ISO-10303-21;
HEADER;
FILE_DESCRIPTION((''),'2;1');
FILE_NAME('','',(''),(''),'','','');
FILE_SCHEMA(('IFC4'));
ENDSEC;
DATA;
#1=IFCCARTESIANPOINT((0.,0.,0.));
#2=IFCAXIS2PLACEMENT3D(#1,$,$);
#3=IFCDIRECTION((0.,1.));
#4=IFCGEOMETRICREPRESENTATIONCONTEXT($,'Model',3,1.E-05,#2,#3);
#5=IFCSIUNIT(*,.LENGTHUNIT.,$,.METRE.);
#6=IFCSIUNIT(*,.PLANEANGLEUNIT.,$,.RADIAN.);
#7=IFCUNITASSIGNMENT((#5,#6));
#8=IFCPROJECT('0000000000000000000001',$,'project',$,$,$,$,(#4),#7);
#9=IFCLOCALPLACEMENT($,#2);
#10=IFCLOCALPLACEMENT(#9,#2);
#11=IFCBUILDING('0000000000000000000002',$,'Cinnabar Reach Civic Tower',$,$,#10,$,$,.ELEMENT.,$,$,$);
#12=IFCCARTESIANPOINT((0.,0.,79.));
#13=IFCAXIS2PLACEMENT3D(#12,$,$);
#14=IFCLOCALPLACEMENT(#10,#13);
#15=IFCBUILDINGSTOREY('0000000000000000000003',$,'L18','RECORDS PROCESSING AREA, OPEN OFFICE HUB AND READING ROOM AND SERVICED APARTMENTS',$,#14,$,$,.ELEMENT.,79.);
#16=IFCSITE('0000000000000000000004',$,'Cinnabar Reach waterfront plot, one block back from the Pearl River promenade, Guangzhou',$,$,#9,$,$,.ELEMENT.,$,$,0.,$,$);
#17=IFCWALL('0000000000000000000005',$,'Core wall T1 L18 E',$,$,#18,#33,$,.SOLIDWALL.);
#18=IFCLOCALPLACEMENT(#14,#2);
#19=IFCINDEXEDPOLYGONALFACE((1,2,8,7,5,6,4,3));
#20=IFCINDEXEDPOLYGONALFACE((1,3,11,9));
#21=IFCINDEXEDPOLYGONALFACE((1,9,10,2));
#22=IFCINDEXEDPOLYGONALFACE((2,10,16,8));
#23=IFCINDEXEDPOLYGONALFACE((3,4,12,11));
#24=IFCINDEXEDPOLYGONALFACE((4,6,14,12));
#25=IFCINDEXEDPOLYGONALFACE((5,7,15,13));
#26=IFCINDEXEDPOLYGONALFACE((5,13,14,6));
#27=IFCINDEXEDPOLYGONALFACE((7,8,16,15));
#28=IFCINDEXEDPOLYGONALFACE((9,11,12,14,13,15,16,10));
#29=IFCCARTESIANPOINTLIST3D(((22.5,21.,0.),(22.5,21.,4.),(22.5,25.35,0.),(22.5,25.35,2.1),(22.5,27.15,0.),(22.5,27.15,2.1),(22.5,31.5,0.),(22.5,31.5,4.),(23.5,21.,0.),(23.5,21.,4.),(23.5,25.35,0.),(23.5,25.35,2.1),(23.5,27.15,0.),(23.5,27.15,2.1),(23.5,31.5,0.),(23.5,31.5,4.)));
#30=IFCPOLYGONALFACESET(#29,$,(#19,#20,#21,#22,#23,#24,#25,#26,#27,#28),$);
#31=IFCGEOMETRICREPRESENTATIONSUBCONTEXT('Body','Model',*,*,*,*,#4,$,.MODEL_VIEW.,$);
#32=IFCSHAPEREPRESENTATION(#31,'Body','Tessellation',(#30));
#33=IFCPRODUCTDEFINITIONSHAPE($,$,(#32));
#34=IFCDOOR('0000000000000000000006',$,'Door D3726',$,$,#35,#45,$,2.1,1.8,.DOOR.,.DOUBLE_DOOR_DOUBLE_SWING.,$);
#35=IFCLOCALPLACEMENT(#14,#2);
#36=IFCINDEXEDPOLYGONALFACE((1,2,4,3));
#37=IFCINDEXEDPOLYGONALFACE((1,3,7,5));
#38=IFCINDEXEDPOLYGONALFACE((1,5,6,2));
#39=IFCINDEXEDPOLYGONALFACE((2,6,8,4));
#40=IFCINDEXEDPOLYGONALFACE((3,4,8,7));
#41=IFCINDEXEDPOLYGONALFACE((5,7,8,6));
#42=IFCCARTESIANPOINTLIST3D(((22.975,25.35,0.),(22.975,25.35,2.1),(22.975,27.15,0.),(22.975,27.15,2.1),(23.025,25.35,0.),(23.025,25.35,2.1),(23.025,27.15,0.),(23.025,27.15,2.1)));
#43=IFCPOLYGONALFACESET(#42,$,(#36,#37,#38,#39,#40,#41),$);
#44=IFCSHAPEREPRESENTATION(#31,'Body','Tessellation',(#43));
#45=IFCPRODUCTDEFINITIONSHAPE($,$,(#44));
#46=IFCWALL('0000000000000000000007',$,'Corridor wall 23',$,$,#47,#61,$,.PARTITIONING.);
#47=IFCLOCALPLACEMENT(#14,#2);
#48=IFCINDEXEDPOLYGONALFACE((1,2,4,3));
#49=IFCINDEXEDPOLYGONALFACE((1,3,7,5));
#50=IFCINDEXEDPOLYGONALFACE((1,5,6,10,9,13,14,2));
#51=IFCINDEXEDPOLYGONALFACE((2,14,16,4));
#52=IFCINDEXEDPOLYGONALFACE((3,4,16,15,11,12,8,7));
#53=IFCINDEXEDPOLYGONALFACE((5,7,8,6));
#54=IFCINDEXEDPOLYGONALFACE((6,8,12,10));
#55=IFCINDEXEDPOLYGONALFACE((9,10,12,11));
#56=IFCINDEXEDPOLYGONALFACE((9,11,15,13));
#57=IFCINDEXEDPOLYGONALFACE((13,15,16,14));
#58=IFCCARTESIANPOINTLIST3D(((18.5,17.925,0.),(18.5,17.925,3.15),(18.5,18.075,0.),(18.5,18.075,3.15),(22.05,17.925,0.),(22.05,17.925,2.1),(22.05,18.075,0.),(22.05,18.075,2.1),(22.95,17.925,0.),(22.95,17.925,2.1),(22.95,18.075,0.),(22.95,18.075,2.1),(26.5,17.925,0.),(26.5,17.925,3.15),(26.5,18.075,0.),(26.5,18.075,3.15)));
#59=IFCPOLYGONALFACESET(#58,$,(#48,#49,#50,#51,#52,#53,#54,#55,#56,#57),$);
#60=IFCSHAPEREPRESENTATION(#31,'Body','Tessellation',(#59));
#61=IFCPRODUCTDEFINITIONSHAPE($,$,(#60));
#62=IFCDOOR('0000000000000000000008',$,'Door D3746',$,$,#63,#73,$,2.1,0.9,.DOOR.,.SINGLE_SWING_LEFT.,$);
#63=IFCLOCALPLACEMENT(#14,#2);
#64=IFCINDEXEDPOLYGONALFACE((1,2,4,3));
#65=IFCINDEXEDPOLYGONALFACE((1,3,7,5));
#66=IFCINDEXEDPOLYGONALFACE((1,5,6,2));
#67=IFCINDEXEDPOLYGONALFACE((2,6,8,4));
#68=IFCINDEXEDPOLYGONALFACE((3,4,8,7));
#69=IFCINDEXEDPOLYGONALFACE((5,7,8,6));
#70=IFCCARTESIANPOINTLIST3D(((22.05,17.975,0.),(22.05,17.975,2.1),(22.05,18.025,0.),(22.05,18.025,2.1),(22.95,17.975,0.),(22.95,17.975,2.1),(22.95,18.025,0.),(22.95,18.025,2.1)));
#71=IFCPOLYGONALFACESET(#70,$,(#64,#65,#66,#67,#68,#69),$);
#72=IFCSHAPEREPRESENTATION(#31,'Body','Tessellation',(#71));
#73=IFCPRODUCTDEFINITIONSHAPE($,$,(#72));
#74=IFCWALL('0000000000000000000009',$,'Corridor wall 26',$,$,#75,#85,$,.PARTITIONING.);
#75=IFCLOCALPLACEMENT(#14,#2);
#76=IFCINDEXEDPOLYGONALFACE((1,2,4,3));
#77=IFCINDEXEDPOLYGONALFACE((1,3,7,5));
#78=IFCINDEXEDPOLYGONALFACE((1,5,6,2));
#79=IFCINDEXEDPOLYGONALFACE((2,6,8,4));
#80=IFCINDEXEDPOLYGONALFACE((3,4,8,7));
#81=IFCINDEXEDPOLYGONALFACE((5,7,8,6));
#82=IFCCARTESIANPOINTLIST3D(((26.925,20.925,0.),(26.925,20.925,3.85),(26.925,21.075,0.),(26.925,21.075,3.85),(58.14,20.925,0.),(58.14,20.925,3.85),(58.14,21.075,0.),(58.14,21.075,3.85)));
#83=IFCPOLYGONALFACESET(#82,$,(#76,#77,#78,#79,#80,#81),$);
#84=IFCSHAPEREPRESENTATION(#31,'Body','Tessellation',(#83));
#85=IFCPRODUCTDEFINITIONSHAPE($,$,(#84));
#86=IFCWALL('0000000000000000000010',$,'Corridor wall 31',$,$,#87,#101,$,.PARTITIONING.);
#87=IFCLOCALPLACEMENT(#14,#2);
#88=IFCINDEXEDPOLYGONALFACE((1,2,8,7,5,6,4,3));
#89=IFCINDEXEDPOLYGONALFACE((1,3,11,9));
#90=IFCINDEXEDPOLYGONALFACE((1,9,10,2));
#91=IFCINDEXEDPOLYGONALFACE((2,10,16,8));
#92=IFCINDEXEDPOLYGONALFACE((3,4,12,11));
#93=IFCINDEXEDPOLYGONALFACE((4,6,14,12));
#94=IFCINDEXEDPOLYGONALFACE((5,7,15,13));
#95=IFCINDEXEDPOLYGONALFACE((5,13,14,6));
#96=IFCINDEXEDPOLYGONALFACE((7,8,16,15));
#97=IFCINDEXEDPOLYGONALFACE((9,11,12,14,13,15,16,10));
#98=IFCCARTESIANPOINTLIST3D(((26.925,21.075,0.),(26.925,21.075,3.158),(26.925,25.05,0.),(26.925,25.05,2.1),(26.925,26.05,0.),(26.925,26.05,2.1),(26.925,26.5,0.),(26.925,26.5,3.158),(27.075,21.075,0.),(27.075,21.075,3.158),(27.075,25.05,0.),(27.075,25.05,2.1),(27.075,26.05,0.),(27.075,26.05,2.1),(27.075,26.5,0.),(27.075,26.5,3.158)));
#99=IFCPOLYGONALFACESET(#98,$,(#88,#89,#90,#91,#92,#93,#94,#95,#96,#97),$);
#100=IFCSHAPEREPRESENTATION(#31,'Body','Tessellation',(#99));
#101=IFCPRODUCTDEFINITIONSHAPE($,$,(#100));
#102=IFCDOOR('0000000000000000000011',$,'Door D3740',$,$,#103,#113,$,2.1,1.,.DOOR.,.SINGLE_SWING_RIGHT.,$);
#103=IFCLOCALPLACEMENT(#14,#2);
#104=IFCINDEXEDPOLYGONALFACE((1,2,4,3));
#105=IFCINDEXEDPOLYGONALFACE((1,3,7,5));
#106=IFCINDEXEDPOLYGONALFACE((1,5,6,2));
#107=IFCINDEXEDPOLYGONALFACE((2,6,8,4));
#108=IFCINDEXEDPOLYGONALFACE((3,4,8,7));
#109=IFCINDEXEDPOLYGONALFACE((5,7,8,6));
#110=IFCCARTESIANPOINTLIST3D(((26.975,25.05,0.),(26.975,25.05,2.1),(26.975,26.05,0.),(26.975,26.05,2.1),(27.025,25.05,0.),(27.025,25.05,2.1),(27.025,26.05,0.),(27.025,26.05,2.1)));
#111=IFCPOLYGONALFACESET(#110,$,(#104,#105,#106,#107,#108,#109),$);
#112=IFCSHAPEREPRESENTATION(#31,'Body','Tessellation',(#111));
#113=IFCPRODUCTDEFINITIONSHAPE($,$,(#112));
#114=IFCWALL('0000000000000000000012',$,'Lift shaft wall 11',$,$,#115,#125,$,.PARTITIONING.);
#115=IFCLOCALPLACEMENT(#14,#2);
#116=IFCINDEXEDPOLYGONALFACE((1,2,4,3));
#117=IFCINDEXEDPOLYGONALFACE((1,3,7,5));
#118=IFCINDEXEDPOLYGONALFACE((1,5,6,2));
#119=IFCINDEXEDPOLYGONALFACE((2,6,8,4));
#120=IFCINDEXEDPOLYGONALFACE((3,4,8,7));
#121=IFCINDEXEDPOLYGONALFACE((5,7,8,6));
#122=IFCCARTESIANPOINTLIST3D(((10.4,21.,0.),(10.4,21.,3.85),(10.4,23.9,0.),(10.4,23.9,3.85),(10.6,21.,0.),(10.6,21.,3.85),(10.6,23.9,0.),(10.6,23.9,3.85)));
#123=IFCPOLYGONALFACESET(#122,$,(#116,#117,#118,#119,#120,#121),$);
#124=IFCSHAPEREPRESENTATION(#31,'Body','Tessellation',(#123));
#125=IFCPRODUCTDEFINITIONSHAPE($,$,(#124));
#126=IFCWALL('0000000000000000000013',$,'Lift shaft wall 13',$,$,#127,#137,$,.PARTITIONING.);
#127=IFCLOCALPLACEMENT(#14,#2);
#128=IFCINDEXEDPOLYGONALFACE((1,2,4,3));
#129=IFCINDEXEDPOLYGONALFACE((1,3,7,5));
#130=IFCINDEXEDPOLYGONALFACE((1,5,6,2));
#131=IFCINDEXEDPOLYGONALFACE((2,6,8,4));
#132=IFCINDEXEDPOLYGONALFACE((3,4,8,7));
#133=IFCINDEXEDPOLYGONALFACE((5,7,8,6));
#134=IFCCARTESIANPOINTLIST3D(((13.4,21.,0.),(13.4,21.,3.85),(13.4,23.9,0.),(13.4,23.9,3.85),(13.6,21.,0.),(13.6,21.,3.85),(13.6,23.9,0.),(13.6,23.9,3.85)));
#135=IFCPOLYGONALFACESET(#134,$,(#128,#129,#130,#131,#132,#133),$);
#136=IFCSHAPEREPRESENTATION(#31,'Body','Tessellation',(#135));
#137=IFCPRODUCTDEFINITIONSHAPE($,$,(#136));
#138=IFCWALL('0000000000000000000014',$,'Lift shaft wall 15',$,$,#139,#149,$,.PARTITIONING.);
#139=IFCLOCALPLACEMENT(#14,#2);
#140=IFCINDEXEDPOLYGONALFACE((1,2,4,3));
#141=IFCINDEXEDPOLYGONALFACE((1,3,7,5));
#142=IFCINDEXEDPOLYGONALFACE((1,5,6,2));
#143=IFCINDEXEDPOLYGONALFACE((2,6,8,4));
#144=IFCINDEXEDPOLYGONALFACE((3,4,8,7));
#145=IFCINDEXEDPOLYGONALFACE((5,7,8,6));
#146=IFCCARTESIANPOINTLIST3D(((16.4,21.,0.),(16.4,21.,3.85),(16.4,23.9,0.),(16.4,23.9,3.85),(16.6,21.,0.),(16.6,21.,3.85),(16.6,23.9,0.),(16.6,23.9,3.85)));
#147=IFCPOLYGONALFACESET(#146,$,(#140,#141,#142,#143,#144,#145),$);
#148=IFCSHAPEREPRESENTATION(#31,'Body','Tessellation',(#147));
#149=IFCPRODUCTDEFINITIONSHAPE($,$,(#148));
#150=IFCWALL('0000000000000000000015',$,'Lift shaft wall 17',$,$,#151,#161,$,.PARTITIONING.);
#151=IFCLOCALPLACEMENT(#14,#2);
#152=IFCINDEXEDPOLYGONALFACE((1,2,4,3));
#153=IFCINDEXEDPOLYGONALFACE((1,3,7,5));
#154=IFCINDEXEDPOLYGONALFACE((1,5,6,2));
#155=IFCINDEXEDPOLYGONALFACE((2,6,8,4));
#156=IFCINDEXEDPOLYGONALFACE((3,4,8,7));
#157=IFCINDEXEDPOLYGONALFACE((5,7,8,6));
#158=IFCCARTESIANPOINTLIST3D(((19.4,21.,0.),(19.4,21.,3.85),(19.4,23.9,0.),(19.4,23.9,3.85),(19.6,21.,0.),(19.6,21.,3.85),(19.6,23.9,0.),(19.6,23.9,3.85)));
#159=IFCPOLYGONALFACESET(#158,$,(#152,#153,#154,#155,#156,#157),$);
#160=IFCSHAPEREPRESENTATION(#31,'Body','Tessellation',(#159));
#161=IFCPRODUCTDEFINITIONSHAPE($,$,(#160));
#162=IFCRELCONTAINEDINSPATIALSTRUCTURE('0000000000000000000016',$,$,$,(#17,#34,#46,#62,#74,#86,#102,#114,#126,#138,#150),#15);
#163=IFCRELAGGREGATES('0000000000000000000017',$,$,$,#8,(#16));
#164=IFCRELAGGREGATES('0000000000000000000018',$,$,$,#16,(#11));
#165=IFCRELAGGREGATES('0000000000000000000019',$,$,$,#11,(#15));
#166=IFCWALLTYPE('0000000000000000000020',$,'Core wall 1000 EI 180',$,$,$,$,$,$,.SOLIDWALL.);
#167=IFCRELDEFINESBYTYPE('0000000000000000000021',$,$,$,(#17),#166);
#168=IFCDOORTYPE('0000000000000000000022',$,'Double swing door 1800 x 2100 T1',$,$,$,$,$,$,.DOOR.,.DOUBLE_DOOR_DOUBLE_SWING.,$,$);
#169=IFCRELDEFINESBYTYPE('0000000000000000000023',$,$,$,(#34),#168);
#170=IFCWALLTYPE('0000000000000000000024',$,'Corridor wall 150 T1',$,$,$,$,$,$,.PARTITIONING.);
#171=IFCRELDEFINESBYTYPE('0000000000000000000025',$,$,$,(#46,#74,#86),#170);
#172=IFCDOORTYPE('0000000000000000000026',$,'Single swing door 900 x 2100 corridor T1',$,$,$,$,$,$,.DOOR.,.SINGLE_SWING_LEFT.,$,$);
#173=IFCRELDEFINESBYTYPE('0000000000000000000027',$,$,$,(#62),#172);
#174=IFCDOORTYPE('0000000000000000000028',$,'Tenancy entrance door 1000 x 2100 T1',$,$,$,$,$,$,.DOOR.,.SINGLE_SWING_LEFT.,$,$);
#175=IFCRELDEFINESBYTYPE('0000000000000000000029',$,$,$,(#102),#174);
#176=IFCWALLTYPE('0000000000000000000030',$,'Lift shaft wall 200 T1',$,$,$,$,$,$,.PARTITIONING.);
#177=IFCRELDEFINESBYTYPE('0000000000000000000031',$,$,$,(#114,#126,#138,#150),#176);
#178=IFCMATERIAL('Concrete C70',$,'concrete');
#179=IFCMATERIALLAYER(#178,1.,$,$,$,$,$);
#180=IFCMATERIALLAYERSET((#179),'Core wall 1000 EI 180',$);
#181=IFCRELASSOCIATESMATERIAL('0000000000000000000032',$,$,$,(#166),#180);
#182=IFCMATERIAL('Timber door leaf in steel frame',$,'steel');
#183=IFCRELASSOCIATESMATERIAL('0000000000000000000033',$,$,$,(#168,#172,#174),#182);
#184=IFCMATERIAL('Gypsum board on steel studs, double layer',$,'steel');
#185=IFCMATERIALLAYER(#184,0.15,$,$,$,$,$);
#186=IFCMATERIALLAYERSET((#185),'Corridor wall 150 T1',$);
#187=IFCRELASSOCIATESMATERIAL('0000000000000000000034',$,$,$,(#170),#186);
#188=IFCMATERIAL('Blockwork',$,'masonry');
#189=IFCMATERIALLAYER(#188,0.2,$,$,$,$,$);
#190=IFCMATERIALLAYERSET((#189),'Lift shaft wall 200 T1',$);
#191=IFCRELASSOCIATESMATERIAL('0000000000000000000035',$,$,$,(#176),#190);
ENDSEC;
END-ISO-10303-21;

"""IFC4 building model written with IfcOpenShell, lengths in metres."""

from ifc_helpers import new_model, si_unit, direction, frame, frame_2d, origin, place, context, subcontext, project, spatial, rectangle, extrude, material, layer, layer_set, type_object, element, fill, save


model = new_model("IFC4")

# Units and contexts
model_context = context("Model", 3, precision=1e-05, world=origin(), true_north=direction((0.0, 1.0)))
body_context = subcontext(model_context, "Body", "Model", "MODEL_VIEW")
ifc_project = project(units=[si_unit("LENGTHUNIT", "METRE"), si_unit("PLANEANGLEUNIT", "RADIAN")], contexts=[model_context])

# Site, building, storey
site_placement = place(None, origin())
site = spatial("IfcSite", under=ifc_project, at=site_placement, Name="Cinnabar Reach waterfront plot, one block back from the Pearl River promenade, Guangzhou", CompositionType="ELEMENT", RefElevation=0.0)
building_placement = place(site_placement, origin())
building = spatial("IfcBuilding", under=site, at=building_placement, Name="Cinnabar Reach Civic Tower", CompositionType="ELEMENT")
storey_placement = place(building_placement, frame((0.0, 0.0, 79.0)))
storey = spatial("IfcBuildingStorey", under=building, at=storey_placement, Name="L18", Description="RECORDS PROCESSING AREA, OPEN OFFICE HUB AND READING ROOM AND SERVICED APARTMENTS", CompositionType="ELEMENT", Elevation=79.0)

# Shared definitions
ifc_material_1 = material(Name="Concrete C70", Category="concrete")

# Walls, openings, doors
ifc_layer_1 = layer(ifc_material_1, 1.0)
ifc_layer_set_1 = layer_set([ifc_layer_1], Name="Core wall 1000 EI 180")
wall_type_1 = type_object("IfcWallType", Name="Core wall 1000 EI 180", PredefinedType="SOLIDWALL", material=ifc_layer_set_1)
wall_1_placement = place(storey_placement, frame((23.0, 21.0, 0.0), z_axis=(0.0, 0.0, 1.0), x_axis=(0.0, 1.0, 0.0)))
wall_1 = element("IfcWall", 1, at=wall_1_placement, inside=storey, type_object=wall_type_1, Name="Core wall T1 L18 E", PredefinedType="SOLIDWALL", context=body_context, shape_type="SweptSolid", body=[
    extrude(rectangle(XDim=10.5, YDim=1.0, at=frame_2d((5.25, 0.0))), origin(), (0.0, 0.0, 1.0), 4.0),
])
opening_1_placement = place(wall_1_placement, frame((4.35, 0.0, 0.0)))
opening_1 = element("IfcOpeningElement", 2, at=opening_1_placement, cuts=wall_1, PredefinedType="OPENING", context=body_context, shape_type="SweptSolid", body=[
    extrude(rectangle(XDim=1.8, YDim=2.1, at=frame_2d((0.9, 1.05))), frame((0.0, 0.51, 0.0), z_axis=(0.0, -1.0, 0.0), x_axis=(1.0, 0.0, 0.0)), (0.0, 0.0, 1.0), 1.02),
])
ifc_material_2 = material(Name="Timber door leaf in steel frame", Category="steel")
door_type_1 = type_object("IfcDoorType", Name="Double swing door 1800 x 2100 T1", OperationType="DOUBLE_DOOR_DOUBLE_SWING", PredefinedType="DOOR", material=ifc_material_2)
door_1_placement = place(opening_1_placement, origin())
door_1 = element("IfcDoor", 3, at=door_1_placement, inside=storey, type_object=door_type_1, Name="Door D3726", OperationType="DOUBLE_DOOR_DOUBLE_SWING", OverallHeight=2.1, OverallWidth=1.8, PredefinedType="DOOR", context=body_context, shape_type="SweptSolid", body=[
    extrude(rectangle(XDim=1.8, YDim=2.1, at=frame_2d((0.9, 1.05))), frame((0.0, 0.025, 0.0), z_axis=(0.0, -1.0, 0.0), x_axis=(1.0, 0.0, 0.0)), (0.0, 0.0, 1.0), 0.05),
])
fill(opening_1, door_1)
ifc_material_3 = material(Name="Gypsum board on steel studs, double layer", Category="steel")
ifc_layer_2 = layer(ifc_material_3, 0.15)
ifc_layer_set_2 = layer_set([ifc_layer_2], Name="Corridor wall 150 T1")
wall_type_2 = type_object("IfcWallType", Name="Corridor wall 150 T1", PredefinedType="PARTITIONING", material=ifc_layer_set_2)
wall_2_placement = place(storey_placement, frame((18.5, 18.0, 0.0), z_axis=(0.0, 0.0, 1.0), x_axis=(1.0, 0.0, 0.0)))
wall_2 = element("IfcWall", 4, at=wall_2_placement, inside=storey, type_object=wall_type_2, Name="Corridor wall 23", PredefinedType="PARTITIONING", context=body_context, shape_type="SweptSolid", body=[
    extrude(rectangle(XDim=8.0, YDim=0.15, at=frame_2d((4.0, 0.0))), origin(), (0.0, 0.0, 1.0), 3.15),
])
opening_2_placement = place(wall_2_placement, frame((3.55, 0.0, 0.0)))
opening_2 = element("IfcOpeningElement", 5, at=opening_2_placement, cuts=wall_2, PredefinedType="OPENING", context=body_context, shape_type="SweptSolid", body=[
    extrude(rectangle(XDim=0.9, YDim=2.1, at=frame_2d((0.45, 1.05))), frame((0.0, 0.085, 0.0), z_axis=(0.0, -1.0, 0.0), x_axis=(1.0, 0.0, 0.0)), (0.0, 0.0, 1.0), 0.17),
])
door_type_2 = type_object("IfcDoorType", Name="Single swing door 900 x 2100 corridor T1", OperationType="SINGLE_SWING_LEFT", PredefinedType="DOOR", material=ifc_material_2)
door_2_placement = place(opening_2_placement, frame((0.9, 0.0, 0.0), z_axis=(0.0, 0.0, 1.0), x_axis=(-1.0, 0.0, 0.0)))
door_2 = element("IfcDoor", 6, at=door_2_placement, inside=storey, type_object=door_type_2, Name="Door D3746", OperationType="SINGLE_SWING_LEFT", OverallHeight=2.1, OverallWidth=0.9, PredefinedType="DOOR", context=body_context, shape_type="SweptSolid", body=[
    extrude(rectangle(XDim=0.9, YDim=2.1, at=frame_2d((0.45, 1.05))), frame((0.0, 0.025, 0.0), z_axis=(0.0, -1.0, 0.0), x_axis=(1.0, 0.0, 0.0)), (0.0, 0.0, 1.0), 0.05),
])
fill(opening_2, door_2)

# Wall
wall_3_placement = place(storey_placement, frame((26.925, 21.0, 0.0), z_axis=(0.0, 0.0, 1.0), x_axis=(1.0, 0.0, 0.0)))
element("IfcWall", 7, at=wall_3_placement, inside=storey, type_object=wall_type_2, Name="Corridor wall 26", PredefinedType="PARTITIONING", context=body_context, shape_type="SweptSolid", body=[
    extrude(rectangle(XDim=31.215, YDim=0.15, at=frame_2d((15.6075, 0.0))), origin(), (0.0, 0.0, 1.0), 3.85),
])

# Wall, opening, door
wall_4_placement = place(storey_placement, frame((27.0, 21.075, 0.0), z_axis=(0.0, 0.0, 1.0), x_axis=(0.0, 1.0, 0.0)))
wall_4 = element("IfcWall", 8, at=wall_4_placement, inside=storey, type_object=wall_type_2, Name="Corridor wall 31", PredefinedType="PARTITIONING", context=body_context, shape_type="SweptSolid", body=[
    extrude(rectangle(XDim=5.425, YDim=0.15, at=frame_2d((2.7125, 0.0))), origin(), (0.0, 0.0, 1.0), 3.158),
])
opening_3_placement = place(wall_4_placement, frame((3.975, 0.0, 0.0)))
opening_3 = element("IfcOpeningElement", 9, at=opening_3_placement, cuts=wall_4, PredefinedType="OPENING", context=body_context, shape_type="SweptSolid", body=[
    extrude(rectangle(XDim=1.0, YDim=2.1, at=frame_2d((0.5, 1.05))), frame((0.0, 0.085, 0.0), z_axis=(0.0, -1.0, 0.0), x_axis=(1.0, 0.0, 0.0)), (0.0, 0.0, 1.0), 0.17),
])
door_type_3 = type_object("IfcDoorType", Name="Tenancy entrance door 1000 x 2100 T1", OperationType="SINGLE_SWING_LEFT", PredefinedType="DOOR", material=ifc_material_2)
door_3_placement = place(opening_3_placement, frame((1.0, 0.0, 0.0), z_axis=(0.0, 0.0, 1.0), x_axis=(-1.0, 0.0, 0.0)))
door_3 = element("IfcDoor", 10, at=door_3_placement, inside=storey, type_object=door_type_3, Name="Door D3740", OperationType="SINGLE_SWING_RIGHT", OverallHeight=2.1, OverallWidth=1.0, PredefinedType="DOOR", context=body_context, shape_type="SweptSolid", body=[
    extrude(rectangle(XDim=1.0, YDim=2.1, at=frame_2d((0.5, 1.05))), frame((0.0, 0.025, 0.0), z_axis=(0.0, -1.0, 0.0), x_axis=(1.0, 0.0, 0.0)), (0.0, 0.0, 1.0), 0.05),
])
fill(opening_3, door_3)

# Walls
ifc_material_4 = material(Name="Blockwork", Category="masonry")
ifc_layer_3 = layer(ifc_material_4, 0.2)
ifc_layer_set_3 = layer_set([ifc_layer_3], Name="Lift shaft wall 200 T1")
wall_type_3 = type_object("IfcWallType", Name="Lift shaft wall 200 T1", PredefinedType="PARTITIONING", material=ifc_layer_set_3)
for number, where, z_axis, x_axis, name in (
    (11, (10.5, 21.0, 0.0), (0.0, 0.0, 1.0), (0.0, 1.0, 0.0), "Lift shaft wall 11"),
    (12, (13.5, 21.0, 0.0), (0.0, 0.0, 1.0), (0.0, 1.0, 0.0), "Lift shaft wall 13"),
    (13, (16.5, 21.0, 0.0), (0.0, 0.0, 1.0), (0.0, 1.0, 0.0), "Lift shaft wall 15"),
    (14, (19.5, 21.0, 0.0), (0.0, 0.0, 1.0), (0.0, 1.0, 0.0), "Lift shaft wall 17"),
):
    element("IfcWall", number, at=place(storey_placement, frame(where, z_axis=z_axis, x_axis=x_axis)), inside=storey, type_object=wall_type_3, Name=name, PredefinedType="PARTITIONING", context=body_context, shape_type="SweptSolid", body=[
        extrude(rectangle(XDim=2.9, YDim=0.2, at=frame_2d((1.45, 0.0))), origin(), (0.0, 0.0, 1.0), 3.85),
    ])

save(model, "model.ifc")
